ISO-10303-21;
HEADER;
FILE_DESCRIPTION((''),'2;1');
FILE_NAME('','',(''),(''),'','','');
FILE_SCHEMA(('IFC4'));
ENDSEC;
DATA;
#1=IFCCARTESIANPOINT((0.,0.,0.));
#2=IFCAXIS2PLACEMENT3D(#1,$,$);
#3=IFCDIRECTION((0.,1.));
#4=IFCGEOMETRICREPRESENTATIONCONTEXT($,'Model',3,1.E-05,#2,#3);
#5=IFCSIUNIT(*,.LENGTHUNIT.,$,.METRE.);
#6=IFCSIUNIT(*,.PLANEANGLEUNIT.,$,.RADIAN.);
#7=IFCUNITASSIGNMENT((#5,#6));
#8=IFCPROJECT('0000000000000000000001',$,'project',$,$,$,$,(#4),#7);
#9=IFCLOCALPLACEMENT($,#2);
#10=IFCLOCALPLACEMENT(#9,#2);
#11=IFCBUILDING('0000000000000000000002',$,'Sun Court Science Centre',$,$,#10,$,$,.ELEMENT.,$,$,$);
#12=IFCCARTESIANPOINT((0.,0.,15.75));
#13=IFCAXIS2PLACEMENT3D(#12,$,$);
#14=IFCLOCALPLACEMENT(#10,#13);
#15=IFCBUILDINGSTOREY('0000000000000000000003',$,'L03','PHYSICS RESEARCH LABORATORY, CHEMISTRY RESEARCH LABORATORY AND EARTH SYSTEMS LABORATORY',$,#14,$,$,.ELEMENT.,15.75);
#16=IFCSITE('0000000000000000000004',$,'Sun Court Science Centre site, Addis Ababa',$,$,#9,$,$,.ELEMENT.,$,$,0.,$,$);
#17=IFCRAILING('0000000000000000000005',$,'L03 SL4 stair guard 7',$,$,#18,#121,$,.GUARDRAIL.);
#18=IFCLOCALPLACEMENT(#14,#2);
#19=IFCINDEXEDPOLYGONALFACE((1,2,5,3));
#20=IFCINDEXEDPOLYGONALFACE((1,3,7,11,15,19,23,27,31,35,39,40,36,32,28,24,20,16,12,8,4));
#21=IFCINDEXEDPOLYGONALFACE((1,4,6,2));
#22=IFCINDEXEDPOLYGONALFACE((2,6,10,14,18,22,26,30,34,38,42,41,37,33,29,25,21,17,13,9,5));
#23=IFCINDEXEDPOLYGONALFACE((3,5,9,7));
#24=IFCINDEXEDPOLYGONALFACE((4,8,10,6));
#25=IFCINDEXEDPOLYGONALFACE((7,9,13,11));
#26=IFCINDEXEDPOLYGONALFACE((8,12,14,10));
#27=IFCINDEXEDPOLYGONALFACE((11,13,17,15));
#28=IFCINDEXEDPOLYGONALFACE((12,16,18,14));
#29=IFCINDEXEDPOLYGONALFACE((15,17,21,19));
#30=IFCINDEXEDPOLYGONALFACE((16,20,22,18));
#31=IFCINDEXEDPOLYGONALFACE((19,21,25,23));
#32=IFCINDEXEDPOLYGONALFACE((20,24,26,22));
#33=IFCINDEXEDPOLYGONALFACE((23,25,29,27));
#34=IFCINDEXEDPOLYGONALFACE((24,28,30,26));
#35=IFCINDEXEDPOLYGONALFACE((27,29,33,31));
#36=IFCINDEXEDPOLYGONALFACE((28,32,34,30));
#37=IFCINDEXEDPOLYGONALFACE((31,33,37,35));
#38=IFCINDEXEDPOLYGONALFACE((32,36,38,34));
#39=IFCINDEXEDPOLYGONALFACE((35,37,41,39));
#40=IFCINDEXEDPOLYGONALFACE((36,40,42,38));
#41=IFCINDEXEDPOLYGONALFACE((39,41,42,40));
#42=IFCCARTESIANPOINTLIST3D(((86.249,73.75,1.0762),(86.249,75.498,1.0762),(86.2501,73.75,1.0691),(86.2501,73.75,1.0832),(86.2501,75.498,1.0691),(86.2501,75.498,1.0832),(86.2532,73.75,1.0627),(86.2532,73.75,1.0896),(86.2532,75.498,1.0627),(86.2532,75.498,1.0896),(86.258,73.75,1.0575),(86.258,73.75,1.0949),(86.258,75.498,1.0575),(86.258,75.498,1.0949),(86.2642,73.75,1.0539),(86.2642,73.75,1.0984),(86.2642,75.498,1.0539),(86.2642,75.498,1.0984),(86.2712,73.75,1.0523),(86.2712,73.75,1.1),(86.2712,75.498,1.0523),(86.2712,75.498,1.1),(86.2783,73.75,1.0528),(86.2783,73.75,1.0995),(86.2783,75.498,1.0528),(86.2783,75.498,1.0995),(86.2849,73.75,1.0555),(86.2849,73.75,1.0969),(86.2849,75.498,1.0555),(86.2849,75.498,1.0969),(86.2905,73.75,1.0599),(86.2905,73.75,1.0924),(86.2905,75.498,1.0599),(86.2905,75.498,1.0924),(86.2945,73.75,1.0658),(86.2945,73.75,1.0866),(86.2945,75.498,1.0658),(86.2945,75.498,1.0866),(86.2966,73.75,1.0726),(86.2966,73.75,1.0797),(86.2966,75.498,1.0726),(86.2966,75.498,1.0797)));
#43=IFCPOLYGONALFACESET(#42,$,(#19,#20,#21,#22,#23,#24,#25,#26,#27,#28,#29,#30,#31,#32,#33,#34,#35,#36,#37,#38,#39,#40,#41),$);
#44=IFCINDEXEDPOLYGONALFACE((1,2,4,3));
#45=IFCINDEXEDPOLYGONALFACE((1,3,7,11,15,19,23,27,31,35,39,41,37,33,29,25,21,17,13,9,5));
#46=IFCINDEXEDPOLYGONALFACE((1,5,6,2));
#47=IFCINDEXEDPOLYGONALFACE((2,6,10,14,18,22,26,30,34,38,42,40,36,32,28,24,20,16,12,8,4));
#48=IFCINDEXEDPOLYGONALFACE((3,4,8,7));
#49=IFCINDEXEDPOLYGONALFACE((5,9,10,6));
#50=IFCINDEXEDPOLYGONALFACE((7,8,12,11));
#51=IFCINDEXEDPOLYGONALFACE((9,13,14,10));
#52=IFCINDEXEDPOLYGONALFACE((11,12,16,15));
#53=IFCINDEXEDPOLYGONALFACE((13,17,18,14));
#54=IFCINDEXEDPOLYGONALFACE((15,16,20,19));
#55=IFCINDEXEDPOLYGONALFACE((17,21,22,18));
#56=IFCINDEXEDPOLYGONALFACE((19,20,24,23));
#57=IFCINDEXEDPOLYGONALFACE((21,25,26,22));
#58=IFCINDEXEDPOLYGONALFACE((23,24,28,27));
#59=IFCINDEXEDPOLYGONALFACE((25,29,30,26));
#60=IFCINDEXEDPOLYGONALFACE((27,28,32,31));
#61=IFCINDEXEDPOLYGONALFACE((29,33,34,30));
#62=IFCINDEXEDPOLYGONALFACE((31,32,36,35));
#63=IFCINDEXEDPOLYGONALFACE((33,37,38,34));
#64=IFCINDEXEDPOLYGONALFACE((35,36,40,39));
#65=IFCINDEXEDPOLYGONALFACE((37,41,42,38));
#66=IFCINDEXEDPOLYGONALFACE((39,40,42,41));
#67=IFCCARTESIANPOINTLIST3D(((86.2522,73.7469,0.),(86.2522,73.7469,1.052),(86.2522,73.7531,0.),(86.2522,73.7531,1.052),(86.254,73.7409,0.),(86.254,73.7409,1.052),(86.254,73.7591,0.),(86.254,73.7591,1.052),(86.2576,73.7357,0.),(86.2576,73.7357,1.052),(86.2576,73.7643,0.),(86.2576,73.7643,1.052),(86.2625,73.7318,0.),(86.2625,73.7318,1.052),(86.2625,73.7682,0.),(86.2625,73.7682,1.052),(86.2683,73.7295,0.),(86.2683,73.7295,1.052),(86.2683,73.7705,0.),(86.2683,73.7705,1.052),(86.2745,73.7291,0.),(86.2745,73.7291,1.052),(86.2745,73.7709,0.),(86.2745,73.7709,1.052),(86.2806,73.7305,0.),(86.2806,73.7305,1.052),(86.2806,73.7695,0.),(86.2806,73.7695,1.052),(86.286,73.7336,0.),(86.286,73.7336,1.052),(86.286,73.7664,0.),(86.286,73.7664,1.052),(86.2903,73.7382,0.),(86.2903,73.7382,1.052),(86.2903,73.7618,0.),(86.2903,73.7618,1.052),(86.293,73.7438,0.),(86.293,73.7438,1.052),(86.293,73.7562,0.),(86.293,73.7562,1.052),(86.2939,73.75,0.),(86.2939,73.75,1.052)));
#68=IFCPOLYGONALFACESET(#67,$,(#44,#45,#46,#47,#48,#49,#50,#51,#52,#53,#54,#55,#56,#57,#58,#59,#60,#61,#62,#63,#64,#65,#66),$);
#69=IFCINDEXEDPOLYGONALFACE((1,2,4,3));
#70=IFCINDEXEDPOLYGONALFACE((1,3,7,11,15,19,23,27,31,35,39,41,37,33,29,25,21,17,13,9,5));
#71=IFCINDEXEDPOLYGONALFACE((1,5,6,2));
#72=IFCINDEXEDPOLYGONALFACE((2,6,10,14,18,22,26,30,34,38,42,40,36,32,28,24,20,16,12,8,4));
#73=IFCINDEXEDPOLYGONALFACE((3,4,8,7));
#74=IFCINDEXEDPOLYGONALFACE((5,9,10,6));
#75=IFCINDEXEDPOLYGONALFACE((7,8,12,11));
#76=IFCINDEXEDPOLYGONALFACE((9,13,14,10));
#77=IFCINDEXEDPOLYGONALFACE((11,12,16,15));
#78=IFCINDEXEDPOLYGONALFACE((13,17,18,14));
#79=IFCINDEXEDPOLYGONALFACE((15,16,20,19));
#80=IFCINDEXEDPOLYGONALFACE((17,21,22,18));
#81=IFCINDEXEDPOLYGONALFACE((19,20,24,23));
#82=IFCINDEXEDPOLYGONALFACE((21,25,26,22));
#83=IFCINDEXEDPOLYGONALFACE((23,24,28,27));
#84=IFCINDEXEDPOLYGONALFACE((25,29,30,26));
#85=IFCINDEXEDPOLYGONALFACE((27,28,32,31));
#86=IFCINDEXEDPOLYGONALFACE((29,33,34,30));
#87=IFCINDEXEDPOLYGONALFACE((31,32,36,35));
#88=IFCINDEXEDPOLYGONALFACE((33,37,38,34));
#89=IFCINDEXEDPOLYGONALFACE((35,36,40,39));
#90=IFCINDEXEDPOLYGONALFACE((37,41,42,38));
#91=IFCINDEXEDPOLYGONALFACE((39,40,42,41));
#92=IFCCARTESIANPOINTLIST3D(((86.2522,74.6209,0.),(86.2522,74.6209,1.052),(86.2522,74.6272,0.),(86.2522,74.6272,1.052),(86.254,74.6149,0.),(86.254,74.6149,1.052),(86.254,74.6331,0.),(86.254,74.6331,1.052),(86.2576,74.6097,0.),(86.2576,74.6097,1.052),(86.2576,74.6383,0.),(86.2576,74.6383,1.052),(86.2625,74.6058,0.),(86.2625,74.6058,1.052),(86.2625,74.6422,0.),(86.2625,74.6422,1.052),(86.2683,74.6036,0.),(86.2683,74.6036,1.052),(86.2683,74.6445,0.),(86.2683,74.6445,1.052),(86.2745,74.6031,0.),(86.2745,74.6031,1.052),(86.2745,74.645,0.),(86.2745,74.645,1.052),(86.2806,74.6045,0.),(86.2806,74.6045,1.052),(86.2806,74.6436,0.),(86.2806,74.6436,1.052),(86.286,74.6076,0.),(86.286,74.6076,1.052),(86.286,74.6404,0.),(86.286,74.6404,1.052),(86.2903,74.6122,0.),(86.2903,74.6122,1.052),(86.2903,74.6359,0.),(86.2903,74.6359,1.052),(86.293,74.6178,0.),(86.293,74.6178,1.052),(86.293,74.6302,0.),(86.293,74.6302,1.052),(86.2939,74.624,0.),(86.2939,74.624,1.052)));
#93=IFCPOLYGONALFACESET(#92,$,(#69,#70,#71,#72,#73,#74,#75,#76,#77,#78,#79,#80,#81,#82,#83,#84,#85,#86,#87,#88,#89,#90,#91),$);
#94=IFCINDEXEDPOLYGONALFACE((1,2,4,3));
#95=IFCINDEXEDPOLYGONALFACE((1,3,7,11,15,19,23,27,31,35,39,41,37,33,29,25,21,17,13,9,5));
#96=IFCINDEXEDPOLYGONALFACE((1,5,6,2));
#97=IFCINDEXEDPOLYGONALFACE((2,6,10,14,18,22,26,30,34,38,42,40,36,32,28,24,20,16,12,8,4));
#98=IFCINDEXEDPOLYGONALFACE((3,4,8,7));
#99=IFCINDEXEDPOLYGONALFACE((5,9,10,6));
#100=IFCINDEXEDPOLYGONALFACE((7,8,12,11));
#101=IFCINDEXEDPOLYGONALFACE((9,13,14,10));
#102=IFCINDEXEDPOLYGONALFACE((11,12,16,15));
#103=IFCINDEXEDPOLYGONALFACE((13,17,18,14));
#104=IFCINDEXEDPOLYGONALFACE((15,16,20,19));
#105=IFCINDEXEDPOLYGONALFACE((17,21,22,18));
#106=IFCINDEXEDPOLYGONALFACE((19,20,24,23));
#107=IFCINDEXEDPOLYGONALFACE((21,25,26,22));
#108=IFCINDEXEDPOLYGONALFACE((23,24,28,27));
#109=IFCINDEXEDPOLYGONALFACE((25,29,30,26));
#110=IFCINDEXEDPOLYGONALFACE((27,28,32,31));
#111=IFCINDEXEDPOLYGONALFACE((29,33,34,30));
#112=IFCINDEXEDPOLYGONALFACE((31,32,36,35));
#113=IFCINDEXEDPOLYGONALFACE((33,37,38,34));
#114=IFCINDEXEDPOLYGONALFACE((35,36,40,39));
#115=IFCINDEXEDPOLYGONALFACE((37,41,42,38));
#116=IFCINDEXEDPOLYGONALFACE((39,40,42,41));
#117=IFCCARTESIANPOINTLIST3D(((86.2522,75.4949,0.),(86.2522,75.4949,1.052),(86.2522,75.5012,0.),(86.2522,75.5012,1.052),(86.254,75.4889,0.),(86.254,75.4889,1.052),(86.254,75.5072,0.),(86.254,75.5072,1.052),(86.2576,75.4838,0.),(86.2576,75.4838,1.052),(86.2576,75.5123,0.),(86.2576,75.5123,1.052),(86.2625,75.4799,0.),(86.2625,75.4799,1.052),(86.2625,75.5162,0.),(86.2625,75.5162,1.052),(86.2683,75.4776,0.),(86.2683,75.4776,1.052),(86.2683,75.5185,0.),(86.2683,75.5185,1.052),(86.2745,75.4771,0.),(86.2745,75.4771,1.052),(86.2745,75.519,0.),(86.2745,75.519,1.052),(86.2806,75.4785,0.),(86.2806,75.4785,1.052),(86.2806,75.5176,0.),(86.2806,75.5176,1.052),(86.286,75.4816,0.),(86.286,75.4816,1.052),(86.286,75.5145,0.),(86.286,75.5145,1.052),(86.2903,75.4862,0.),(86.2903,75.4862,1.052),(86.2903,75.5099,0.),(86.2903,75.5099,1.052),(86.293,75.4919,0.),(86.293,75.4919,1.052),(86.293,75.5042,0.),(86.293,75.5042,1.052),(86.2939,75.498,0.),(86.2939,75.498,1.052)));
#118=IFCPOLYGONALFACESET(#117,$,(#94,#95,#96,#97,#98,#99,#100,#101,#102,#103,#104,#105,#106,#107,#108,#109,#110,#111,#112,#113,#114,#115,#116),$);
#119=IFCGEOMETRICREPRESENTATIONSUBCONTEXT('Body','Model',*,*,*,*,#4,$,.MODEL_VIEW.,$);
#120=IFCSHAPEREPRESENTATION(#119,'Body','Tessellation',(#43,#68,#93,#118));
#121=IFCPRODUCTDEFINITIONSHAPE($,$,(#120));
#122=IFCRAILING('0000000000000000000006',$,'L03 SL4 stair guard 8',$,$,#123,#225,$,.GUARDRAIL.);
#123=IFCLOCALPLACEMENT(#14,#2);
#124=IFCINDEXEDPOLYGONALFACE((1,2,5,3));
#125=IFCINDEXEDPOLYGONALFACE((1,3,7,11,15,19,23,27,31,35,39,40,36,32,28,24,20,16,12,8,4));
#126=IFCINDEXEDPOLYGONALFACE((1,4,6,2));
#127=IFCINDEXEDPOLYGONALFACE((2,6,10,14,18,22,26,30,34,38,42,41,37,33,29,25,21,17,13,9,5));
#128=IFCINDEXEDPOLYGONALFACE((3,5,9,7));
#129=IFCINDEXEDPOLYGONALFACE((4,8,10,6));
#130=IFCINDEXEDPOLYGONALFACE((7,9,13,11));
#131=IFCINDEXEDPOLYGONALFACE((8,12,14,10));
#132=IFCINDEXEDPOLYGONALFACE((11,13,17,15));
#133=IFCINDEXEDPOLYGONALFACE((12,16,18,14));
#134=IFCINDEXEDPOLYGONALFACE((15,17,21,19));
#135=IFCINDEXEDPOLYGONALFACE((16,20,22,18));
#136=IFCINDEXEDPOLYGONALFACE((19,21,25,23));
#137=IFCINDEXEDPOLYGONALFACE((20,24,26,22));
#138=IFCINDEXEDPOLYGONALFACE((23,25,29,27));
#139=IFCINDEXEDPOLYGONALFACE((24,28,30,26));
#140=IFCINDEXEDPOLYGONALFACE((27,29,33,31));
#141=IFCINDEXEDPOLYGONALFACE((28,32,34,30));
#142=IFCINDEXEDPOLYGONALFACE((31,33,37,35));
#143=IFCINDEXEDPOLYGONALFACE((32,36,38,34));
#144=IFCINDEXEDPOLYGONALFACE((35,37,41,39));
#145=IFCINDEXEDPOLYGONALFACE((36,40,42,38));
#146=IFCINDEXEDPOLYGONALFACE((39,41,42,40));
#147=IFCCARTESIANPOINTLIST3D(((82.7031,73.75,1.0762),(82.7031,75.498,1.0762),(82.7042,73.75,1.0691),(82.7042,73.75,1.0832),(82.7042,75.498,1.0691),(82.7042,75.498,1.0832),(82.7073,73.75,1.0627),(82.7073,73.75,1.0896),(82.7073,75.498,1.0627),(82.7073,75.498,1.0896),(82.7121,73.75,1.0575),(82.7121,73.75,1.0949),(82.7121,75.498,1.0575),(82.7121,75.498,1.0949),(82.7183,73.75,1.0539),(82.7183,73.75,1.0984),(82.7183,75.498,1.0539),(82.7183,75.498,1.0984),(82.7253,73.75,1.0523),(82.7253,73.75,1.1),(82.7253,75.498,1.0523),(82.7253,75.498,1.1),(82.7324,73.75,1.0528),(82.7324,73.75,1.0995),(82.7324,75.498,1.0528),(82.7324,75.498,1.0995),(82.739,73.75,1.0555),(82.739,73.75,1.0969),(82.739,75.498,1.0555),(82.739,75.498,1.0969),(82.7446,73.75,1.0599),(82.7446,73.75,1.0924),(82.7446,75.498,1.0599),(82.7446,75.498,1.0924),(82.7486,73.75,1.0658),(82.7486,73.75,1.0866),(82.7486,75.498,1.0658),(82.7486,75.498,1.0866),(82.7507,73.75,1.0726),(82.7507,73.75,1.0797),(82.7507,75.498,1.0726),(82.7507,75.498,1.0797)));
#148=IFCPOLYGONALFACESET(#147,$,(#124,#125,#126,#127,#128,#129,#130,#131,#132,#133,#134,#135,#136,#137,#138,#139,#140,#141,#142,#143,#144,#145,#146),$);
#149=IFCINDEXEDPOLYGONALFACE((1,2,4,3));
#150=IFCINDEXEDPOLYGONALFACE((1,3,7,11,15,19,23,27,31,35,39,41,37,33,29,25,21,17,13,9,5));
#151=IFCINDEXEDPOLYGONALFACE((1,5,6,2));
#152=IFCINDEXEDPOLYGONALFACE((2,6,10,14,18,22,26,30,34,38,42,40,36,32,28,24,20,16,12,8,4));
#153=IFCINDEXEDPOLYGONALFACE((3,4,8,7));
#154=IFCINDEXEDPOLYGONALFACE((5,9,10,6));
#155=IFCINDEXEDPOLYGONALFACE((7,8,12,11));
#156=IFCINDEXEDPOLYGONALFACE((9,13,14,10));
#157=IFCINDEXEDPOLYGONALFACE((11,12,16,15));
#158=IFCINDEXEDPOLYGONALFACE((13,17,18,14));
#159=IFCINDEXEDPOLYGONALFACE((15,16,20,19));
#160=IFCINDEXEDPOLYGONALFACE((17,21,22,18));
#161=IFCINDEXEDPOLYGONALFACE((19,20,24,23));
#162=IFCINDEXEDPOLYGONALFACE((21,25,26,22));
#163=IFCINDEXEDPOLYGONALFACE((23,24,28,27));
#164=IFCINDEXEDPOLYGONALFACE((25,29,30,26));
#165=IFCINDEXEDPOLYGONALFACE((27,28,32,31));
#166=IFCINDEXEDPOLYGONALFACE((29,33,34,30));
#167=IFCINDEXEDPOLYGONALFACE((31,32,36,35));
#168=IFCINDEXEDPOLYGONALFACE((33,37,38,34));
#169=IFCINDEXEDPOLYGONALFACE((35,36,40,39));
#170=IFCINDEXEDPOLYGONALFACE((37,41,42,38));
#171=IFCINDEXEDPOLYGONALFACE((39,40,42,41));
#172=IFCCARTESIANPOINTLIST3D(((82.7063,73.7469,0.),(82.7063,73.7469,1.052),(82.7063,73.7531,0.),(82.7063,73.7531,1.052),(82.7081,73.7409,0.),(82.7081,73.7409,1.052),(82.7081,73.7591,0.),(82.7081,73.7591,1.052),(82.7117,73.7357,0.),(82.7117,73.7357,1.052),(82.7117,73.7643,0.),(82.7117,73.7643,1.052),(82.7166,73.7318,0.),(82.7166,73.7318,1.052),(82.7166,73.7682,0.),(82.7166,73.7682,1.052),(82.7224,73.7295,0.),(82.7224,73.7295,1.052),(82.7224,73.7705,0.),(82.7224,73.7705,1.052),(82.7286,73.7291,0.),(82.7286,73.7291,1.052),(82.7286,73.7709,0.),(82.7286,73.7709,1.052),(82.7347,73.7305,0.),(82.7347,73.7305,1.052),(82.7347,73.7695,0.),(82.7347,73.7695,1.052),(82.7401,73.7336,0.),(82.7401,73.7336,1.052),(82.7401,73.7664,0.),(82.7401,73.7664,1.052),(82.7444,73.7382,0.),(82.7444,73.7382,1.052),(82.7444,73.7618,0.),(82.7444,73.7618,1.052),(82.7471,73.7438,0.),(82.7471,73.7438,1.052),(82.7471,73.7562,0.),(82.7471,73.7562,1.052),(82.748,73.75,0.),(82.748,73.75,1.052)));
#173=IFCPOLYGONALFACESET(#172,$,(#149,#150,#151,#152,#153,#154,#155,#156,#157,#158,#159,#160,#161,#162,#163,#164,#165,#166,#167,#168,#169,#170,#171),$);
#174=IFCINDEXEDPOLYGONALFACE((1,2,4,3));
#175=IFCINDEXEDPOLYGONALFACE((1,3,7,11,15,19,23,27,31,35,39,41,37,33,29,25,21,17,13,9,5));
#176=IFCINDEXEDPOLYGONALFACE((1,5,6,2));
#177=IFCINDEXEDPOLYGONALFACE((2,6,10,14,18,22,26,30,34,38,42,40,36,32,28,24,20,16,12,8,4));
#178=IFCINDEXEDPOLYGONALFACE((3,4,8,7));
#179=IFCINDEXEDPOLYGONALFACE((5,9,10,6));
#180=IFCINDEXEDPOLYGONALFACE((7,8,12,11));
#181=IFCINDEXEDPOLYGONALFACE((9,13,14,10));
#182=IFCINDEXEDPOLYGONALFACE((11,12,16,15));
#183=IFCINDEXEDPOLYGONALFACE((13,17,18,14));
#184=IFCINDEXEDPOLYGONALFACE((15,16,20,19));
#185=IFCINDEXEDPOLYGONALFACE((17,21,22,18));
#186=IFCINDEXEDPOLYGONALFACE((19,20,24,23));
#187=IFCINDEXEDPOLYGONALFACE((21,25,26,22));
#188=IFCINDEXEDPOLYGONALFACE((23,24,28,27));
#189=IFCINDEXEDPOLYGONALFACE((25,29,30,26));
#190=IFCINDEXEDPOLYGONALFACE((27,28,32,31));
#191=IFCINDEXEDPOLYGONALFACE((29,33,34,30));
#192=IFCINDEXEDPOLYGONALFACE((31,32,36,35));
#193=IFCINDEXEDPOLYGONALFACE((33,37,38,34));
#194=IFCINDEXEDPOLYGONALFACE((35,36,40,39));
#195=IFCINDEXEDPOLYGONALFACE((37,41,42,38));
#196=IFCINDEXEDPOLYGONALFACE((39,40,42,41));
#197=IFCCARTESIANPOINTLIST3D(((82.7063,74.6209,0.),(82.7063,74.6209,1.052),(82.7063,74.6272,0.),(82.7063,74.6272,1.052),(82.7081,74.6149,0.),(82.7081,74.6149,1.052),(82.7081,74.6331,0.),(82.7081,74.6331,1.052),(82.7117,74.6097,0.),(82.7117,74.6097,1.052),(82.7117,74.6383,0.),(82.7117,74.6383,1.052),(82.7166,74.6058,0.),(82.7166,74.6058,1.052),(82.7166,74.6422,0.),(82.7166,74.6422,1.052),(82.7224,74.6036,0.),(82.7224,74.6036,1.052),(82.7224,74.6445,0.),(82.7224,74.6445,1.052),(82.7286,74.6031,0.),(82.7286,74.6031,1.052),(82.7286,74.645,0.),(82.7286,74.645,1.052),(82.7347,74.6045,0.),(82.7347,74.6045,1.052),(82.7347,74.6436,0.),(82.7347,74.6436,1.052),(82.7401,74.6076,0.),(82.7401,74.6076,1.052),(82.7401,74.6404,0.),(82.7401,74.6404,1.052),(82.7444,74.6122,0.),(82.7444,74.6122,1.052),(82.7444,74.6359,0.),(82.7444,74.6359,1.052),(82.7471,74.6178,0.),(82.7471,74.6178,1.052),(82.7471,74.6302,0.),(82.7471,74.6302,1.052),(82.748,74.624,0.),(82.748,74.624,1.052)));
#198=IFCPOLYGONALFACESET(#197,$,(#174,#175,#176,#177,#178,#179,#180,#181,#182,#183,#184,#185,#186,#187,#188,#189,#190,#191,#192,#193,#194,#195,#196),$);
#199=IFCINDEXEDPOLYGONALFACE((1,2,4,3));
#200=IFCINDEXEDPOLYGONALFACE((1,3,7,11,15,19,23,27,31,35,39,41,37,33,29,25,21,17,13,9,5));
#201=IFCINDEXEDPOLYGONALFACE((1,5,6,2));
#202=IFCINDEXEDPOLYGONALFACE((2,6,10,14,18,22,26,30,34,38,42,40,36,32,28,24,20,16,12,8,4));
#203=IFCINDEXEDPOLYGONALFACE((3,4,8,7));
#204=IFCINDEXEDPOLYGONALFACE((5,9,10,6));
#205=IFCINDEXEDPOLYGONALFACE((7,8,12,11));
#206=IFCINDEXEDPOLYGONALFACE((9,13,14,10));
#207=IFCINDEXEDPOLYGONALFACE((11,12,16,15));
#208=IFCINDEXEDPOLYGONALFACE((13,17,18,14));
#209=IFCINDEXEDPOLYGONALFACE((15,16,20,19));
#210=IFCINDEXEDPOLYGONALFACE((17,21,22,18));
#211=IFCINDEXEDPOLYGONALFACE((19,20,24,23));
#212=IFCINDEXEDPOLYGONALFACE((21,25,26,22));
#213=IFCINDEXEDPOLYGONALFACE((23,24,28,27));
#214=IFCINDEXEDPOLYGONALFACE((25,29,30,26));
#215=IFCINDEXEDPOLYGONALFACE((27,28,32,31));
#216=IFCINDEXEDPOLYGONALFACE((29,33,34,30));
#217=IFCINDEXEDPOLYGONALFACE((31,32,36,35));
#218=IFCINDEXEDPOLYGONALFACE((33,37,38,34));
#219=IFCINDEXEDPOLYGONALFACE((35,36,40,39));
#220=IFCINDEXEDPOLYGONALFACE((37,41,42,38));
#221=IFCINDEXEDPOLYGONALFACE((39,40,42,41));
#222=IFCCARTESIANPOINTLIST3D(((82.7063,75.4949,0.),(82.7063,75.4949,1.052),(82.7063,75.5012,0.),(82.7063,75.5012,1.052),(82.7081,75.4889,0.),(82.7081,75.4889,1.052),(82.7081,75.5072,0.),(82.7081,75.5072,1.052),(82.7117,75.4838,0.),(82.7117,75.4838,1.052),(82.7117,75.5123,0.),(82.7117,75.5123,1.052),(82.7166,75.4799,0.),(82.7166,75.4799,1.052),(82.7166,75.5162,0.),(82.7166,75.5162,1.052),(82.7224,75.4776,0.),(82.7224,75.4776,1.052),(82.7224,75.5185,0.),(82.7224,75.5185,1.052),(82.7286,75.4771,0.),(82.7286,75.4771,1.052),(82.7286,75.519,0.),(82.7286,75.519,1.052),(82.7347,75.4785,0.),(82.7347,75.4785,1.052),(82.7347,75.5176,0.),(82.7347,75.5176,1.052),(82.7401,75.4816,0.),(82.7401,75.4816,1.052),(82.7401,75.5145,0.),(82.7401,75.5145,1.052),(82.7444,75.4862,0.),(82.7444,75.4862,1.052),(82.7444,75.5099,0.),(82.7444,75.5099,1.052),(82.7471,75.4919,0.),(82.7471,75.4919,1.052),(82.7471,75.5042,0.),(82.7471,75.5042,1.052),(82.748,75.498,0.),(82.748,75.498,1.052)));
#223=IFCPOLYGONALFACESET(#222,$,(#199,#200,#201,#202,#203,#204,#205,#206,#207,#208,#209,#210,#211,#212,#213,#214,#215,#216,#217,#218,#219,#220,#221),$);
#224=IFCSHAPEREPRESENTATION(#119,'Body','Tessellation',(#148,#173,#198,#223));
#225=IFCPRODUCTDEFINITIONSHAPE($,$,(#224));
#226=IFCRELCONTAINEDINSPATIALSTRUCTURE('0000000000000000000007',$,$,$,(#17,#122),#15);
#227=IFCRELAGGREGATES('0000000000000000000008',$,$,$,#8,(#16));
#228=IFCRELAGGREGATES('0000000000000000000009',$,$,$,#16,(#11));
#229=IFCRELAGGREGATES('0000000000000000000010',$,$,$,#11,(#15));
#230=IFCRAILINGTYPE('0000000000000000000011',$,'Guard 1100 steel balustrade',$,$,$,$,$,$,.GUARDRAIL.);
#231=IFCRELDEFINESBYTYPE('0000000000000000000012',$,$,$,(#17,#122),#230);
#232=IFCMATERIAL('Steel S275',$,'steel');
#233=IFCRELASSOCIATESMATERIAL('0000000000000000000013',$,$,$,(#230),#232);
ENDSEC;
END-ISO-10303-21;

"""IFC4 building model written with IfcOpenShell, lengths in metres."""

from ifc_helpers import new_model, si_unit, direction, frame, origin, origin_2d, place, context, subcontext, project, spatial, circle, extrude, material, type_object, element, save


model = new_model("IFC4")

# Units and contexts
model_context = context("Model", 3, precision=1e-05, world=origin(), true_north=direction((0.0, 1.0)))
body_context = subcontext(model_context, "Body", "Model", "MODEL_VIEW")
ifc_project = project(units=[si_unit("LENGTHUNIT", "METRE"), si_unit("PLANEANGLEUNIT", "RADIAN")], contexts=[model_context])

# Site, building, storey
site_placement = place(None, origin())
site = spatial("IfcSite", under=ifc_project, at=site_placement, Name="Sun Court Science Centre site, Addis Ababa", CompositionType="ELEMENT", RefElevation=0.0)
building_placement = place(site_placement, origin())
building = spatial("IfcBuilding", under=site, at=building_placement, Name="Sun Court Science Centre", CompositionType="ELEMENT")
storey_placement = place(building_placement, frame((0.0, 0.0, 15.75)))
storey = spatial("IfcBuildingStorey", under=building, at=storey_placement, Name="L03", Description="PHYSICS RESEARCH LABORATORY, CHEMISTRY RESEARCH LABORATORY AND EARTH SYSTEMS LABORATORY", CompositionType="ELEMENT", Elevation=15.75)

# Railings
ifc_material_1 = material(Name="Steel S275", Category="steel")
railing_type = type_object("IfcRailingType", Name="Guard 1100 steel balustrade", PredefinedType="GUARDRAIL", material=ifc_material_1)
for number, where, name in (
    (1, (86.2729, 73.75, 0.0), "L03 SL4 stair guard 7"),
    (2, (82.7271, 73.75, 0.0), "L03 SL4 stair guard 8"),
):
    element("IfcRailing", number, at=place(storey_placement, frame(where)), inside=storey, type_object=railing_type, Name=name, PredefinedType="GUARDRAIL", context=body_context, shape_type="SweptSolid", body=[
        extrude(circle(Radius=0.0239, at=origin_2d()), frame((0.0, 0.0, 1.0762), z_axis=(0.0, 1.0, 0.0), x_axis=(-1.0, 0.0, 0.0)), (0.0, 0.0, 1.0), 1.748),
        extrude(circle(Radius=0.021, at=origin_2d()), origin(), (0.0, 0.0, 1.0), 1.052),
        extrude(circle(Radius=0.021, at=origin_2d()), frame((0.0, 0.874, 0.0)), (0.0, 0.0, 1.0), 1.052),
        extrude(circle(Radius=0.021, at=origin_2d()), frame((0.0, 1.748, 0.0)), (0.0, 0.0, 1.0), 1.052),
    ])

save(model, "model.ifc")
